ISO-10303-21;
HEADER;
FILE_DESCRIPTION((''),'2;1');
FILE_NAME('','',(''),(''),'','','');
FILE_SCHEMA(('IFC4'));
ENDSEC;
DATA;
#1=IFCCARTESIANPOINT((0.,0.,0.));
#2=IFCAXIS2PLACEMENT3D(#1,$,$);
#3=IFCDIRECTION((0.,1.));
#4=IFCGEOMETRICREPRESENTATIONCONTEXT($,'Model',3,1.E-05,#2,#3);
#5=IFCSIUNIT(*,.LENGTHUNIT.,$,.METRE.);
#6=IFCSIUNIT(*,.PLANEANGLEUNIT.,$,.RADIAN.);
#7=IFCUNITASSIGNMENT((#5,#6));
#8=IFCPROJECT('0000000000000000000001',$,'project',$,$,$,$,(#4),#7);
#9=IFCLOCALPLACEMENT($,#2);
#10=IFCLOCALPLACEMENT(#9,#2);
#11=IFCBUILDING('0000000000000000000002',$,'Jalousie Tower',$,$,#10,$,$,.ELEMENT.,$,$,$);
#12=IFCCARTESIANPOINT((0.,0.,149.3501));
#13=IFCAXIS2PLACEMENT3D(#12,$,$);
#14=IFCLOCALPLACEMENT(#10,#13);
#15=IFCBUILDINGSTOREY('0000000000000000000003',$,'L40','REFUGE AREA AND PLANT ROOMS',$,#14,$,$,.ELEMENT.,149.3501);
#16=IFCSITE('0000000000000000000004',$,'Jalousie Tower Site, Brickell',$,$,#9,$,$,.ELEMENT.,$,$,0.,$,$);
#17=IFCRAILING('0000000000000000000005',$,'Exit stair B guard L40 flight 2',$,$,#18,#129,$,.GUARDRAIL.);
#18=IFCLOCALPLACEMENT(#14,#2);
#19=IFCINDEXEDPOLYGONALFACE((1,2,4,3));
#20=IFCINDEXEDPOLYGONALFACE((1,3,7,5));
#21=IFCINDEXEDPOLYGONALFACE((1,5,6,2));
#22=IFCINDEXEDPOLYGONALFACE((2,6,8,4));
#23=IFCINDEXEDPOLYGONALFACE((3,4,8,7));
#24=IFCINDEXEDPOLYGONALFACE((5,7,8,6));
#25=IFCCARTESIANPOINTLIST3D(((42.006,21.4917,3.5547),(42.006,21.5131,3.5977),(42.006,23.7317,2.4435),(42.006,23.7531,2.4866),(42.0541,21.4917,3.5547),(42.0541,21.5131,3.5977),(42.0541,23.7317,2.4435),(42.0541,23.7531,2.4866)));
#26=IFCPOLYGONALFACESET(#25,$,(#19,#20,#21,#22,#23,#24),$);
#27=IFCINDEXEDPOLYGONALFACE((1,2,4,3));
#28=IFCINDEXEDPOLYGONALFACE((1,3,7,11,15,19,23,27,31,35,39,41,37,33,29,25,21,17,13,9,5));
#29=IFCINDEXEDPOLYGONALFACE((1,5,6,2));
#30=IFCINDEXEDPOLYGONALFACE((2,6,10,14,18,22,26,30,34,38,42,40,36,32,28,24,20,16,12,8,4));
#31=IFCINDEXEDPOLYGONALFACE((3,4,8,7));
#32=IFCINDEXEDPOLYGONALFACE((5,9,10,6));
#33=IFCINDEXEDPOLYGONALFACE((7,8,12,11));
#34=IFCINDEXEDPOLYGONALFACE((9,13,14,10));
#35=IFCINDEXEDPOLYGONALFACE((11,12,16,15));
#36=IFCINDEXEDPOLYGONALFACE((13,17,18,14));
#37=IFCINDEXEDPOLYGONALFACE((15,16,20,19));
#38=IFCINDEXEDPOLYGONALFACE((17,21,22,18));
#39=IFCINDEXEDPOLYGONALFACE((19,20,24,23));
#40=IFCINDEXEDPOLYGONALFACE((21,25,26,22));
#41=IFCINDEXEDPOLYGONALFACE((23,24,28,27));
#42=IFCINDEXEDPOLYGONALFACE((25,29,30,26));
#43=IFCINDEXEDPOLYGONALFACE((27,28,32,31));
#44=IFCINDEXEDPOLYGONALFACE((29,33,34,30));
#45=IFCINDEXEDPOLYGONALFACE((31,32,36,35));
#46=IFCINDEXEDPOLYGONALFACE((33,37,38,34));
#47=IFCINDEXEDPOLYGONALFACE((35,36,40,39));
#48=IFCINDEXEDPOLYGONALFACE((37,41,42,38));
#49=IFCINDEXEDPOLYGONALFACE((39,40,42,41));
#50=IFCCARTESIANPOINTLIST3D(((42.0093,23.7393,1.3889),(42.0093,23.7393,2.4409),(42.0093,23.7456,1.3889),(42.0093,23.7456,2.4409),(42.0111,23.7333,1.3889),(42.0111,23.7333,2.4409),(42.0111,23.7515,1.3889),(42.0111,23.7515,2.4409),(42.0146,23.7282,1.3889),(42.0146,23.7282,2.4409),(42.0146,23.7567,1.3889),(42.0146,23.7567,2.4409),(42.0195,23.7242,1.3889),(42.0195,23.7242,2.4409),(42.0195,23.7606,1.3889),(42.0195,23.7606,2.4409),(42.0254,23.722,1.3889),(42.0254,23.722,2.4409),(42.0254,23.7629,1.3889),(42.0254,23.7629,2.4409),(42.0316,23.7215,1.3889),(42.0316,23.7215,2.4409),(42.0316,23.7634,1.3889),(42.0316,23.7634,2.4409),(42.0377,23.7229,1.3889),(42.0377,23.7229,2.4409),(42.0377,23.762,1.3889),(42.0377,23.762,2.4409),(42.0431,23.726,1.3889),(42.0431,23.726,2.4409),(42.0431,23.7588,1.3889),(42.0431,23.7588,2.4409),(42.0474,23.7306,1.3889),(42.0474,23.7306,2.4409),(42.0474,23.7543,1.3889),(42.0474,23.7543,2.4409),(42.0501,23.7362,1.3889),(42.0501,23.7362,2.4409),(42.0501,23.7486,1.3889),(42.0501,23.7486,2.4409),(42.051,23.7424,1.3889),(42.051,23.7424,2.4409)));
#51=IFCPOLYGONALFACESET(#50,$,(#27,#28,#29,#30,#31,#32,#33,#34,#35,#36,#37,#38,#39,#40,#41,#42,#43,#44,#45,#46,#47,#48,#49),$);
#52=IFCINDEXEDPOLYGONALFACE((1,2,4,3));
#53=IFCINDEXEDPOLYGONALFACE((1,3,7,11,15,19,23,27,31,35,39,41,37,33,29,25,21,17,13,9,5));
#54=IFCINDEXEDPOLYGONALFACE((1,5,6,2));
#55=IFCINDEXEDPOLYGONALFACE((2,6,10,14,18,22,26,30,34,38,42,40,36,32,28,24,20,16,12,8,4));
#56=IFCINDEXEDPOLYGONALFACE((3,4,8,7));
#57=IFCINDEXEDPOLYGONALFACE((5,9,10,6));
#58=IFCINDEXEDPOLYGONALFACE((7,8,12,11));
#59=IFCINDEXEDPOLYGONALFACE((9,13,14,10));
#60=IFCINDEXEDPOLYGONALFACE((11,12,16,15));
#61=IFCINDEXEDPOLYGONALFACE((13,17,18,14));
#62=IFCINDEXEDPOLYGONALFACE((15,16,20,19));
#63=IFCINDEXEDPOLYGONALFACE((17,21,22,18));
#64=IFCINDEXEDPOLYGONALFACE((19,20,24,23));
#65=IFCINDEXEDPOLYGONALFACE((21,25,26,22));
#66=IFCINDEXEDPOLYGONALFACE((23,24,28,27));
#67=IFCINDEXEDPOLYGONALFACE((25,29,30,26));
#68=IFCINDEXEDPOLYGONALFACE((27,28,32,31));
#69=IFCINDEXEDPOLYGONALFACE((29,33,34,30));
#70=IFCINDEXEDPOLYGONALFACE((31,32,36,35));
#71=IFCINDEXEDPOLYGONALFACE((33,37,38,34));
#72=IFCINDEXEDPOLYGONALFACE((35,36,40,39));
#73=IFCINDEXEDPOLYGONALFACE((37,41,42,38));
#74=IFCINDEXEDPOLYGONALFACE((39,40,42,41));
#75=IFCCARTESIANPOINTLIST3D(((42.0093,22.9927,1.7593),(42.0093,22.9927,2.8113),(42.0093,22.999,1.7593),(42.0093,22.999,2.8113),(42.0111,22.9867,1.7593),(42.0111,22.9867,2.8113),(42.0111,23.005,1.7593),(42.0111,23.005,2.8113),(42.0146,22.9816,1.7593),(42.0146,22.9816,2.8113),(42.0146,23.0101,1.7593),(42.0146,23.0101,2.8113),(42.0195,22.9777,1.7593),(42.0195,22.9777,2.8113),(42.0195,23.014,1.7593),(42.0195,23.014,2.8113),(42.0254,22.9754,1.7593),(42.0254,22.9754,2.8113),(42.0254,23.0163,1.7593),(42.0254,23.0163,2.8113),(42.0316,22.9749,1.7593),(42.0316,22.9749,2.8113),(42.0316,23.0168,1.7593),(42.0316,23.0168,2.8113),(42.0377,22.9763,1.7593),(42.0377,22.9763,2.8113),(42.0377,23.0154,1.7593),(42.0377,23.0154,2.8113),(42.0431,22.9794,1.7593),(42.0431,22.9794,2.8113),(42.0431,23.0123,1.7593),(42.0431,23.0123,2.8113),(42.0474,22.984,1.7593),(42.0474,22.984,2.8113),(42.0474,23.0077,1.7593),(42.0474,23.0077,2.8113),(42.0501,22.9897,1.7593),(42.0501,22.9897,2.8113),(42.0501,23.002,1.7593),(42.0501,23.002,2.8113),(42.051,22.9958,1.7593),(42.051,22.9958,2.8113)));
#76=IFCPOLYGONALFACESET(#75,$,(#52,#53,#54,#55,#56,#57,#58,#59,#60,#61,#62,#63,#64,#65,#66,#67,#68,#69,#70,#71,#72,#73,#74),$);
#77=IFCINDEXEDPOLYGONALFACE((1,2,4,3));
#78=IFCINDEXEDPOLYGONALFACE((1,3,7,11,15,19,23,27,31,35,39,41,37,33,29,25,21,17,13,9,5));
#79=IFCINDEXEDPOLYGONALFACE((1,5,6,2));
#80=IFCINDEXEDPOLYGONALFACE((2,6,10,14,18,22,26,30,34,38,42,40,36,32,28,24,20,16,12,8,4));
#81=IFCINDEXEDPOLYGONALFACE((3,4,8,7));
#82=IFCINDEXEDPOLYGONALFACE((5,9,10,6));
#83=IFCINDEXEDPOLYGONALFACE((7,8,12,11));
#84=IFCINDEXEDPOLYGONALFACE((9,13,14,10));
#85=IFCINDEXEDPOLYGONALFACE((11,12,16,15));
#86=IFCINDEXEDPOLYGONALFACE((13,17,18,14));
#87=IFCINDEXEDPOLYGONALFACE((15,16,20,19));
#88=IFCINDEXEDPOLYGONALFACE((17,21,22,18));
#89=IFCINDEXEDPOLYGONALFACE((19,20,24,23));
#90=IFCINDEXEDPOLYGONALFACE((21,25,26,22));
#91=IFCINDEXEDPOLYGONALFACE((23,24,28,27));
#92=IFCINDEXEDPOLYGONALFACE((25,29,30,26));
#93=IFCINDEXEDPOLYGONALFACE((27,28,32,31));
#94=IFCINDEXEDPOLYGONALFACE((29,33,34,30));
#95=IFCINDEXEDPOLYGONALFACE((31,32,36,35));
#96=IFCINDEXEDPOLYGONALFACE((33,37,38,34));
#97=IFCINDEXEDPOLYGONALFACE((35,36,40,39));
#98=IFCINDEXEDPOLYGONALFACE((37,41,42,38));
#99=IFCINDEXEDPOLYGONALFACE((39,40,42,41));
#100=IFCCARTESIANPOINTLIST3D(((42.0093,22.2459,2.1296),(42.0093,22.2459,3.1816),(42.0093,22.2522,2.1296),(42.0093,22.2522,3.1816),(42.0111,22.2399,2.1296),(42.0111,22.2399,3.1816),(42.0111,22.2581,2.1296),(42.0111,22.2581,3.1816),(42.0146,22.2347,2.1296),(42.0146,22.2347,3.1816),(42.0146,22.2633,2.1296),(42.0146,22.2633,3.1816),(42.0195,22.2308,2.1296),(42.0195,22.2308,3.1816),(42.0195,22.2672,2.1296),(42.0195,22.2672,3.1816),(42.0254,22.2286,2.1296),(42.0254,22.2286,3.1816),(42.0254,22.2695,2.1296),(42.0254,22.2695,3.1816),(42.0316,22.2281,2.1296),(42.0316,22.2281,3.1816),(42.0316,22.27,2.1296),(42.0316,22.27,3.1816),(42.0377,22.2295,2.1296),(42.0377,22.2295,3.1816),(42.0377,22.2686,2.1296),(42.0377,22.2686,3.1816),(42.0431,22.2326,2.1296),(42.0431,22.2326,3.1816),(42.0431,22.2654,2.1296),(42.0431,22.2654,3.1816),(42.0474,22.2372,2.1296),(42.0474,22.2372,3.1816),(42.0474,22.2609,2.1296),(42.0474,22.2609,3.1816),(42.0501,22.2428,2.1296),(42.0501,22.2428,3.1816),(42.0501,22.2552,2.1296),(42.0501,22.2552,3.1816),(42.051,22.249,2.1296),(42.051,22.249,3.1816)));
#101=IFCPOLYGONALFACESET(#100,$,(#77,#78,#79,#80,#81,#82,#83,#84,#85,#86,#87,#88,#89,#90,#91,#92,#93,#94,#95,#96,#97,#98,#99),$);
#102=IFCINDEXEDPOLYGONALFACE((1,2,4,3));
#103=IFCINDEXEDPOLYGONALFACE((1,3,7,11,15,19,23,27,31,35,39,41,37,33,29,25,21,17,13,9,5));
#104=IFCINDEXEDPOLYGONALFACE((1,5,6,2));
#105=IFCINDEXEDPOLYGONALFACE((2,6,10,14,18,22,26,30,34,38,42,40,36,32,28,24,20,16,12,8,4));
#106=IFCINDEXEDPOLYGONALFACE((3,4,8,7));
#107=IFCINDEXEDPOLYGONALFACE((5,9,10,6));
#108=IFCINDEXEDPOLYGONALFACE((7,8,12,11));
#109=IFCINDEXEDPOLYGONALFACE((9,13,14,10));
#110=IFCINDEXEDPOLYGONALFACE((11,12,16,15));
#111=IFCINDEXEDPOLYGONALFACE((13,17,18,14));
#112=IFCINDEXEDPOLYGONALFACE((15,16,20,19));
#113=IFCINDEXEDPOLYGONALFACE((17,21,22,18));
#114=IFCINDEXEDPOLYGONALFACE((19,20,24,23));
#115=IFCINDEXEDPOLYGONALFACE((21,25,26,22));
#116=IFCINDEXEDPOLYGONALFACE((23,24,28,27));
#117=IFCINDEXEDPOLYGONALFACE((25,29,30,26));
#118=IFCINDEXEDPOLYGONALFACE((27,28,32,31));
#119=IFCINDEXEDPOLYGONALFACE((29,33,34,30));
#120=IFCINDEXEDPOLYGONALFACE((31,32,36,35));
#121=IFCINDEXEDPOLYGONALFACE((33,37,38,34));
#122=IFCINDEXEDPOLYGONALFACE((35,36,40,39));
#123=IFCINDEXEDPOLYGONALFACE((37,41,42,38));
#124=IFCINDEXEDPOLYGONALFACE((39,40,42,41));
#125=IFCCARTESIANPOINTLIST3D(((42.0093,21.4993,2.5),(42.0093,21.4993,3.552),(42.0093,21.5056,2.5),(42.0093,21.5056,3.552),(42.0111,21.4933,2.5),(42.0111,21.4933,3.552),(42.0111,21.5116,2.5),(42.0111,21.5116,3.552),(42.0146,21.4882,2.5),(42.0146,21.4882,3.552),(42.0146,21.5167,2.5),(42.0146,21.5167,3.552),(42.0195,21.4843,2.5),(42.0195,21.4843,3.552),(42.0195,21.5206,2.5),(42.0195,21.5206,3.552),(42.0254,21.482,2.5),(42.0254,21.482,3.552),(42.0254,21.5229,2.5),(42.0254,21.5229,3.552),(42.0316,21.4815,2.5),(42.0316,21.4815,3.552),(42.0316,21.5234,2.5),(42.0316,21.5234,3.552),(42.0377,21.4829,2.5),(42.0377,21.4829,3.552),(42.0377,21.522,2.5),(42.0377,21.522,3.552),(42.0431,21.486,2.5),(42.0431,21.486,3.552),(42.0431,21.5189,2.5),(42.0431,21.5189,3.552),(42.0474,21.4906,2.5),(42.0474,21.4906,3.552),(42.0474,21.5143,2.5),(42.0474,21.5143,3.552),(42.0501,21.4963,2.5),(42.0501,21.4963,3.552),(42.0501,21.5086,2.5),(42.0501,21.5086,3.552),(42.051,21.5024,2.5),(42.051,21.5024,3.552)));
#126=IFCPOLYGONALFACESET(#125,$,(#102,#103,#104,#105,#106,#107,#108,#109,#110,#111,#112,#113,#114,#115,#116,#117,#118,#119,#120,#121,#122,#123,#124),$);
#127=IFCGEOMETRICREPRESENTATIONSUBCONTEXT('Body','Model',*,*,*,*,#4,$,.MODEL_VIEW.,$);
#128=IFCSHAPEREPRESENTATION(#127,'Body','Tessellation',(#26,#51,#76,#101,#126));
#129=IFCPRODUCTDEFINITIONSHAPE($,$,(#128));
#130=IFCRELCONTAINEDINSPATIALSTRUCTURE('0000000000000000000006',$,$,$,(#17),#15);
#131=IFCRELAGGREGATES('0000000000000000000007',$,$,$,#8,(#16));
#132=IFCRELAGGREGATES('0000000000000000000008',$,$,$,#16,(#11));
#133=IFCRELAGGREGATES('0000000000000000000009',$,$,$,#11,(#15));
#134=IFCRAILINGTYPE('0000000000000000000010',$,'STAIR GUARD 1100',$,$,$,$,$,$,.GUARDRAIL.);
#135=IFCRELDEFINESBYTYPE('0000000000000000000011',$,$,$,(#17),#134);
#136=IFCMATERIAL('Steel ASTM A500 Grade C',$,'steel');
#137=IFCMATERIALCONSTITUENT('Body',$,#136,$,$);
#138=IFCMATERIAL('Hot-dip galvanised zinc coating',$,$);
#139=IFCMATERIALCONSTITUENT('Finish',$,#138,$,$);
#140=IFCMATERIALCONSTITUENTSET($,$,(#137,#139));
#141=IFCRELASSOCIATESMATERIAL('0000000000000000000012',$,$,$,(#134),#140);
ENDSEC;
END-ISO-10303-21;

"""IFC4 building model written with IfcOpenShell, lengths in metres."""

from ifc_helpers import new_model, si_unit, direction, frame, origin, origin_2d, place, context, subcontext, project, spatial, rectangle, circle, extrude, material, constituent, constituent_set, type_object, element, save


model = new_model("IFC4")

# Units and contexts
model_context = context("Model", 3, precision=1e-05, world=origin(), true_north=direction((0.0, 1.0)))
body_context = subcontext(model_context, "Body", "Model", "MODEL_VIEW")
ifc_project = project(units=[si_unit("LENGTHUNIT", "METRE"), si_unit("PLANEANGLEUNIT", "RADIAN")], contexts=[model_context])

# Site, building, storey
site_placement = place(None, origin())
site = spatial("IfcSite", under=ifc_project, at=site_placement, Name="Jalousie Tower Site, Brickell", CompositionType="ELEMENT", RefElevation=0.0)
building_placement = place(site_placement, origin())
building = spatial("IfcBuilding", under=site, at=building_placement, Name="Jalousie Tower", CompositionType="ELEMENT")
storey_placement = place(building_placement, frame((0.0, 0.0, 149.3501)))
storey = spatial("IfcBuildingStorey", under=building, at=storey_placement, Name="L40", Description="REFUGE AREA AND PLANT ROOMS", CompositionType="ELEMENT", Elevation=149.3501)

# Railing
ifc_material_1 = material(Name="Steel ASTM A500 Grade C", Category="steel")
ifc_constituent_1 = constituent(ifc_material_1, Name="Body")
ifc_material_2 = material(Name="Hot-dip galvanised zinc coating")
ifc_constituent_2 = constituent(ifc_material_2, Name="Finish")
ifc_constituent_set_1 = constituent_set(constituents=[ifc_constituent_1, ifc_constituent_2])
railing_type_1 = type_object("IfcRailingType", Name="STAIR GUARD 1100", PredefinedType="GUARDRAIL", material=ifc_constituent_set_1)
railing_1_placement = place(storey_placement, frame((42.03, 23.7424, 1.3889)))
element("IfcRailing", 1, at=railing_1_placement, inside=storey, type_object=railing_type_1, Name="Exit stair B guard L40 flight 2", PredefinedType="GUARDRAIL", context=body_context, shape_type="SweptSolid", body=[
    extrude(rectangle(XDim=0.0481, YDim=0.0481, at=origin_2d()), frame((0.0, 0.0, 1.0762), z_axis=(0.0, -0.895848, 0.44436), x_axis=(1.0, 0.0, 0.0)), (0.0, 0.0, 1.0), 2.5005),
    extrude(circle(Radius=0.021, at=origin_2d()), origin(), (0.0, 0.0, 1.0), 1.052),
    extrude(circle(Radius=0.021, at=origin_2d()), frame((0.0, -0.7466, 0.3704)), (0.0, 0.0, 1.0), 1.052),
    extrude(circle(Radius=0.021, at=origin_2d()), frame((0.0, -1.4934, 0.7407)), (0.0, 0.0, 1.0), 1.052),
    extrude(circle(Radius=0.021, at=origin_2d()), frame((0.0, -2.24, 1.1111)), (0.0, 0.0, 1.0), 1.052),
])

save(model, "model.ifc")
